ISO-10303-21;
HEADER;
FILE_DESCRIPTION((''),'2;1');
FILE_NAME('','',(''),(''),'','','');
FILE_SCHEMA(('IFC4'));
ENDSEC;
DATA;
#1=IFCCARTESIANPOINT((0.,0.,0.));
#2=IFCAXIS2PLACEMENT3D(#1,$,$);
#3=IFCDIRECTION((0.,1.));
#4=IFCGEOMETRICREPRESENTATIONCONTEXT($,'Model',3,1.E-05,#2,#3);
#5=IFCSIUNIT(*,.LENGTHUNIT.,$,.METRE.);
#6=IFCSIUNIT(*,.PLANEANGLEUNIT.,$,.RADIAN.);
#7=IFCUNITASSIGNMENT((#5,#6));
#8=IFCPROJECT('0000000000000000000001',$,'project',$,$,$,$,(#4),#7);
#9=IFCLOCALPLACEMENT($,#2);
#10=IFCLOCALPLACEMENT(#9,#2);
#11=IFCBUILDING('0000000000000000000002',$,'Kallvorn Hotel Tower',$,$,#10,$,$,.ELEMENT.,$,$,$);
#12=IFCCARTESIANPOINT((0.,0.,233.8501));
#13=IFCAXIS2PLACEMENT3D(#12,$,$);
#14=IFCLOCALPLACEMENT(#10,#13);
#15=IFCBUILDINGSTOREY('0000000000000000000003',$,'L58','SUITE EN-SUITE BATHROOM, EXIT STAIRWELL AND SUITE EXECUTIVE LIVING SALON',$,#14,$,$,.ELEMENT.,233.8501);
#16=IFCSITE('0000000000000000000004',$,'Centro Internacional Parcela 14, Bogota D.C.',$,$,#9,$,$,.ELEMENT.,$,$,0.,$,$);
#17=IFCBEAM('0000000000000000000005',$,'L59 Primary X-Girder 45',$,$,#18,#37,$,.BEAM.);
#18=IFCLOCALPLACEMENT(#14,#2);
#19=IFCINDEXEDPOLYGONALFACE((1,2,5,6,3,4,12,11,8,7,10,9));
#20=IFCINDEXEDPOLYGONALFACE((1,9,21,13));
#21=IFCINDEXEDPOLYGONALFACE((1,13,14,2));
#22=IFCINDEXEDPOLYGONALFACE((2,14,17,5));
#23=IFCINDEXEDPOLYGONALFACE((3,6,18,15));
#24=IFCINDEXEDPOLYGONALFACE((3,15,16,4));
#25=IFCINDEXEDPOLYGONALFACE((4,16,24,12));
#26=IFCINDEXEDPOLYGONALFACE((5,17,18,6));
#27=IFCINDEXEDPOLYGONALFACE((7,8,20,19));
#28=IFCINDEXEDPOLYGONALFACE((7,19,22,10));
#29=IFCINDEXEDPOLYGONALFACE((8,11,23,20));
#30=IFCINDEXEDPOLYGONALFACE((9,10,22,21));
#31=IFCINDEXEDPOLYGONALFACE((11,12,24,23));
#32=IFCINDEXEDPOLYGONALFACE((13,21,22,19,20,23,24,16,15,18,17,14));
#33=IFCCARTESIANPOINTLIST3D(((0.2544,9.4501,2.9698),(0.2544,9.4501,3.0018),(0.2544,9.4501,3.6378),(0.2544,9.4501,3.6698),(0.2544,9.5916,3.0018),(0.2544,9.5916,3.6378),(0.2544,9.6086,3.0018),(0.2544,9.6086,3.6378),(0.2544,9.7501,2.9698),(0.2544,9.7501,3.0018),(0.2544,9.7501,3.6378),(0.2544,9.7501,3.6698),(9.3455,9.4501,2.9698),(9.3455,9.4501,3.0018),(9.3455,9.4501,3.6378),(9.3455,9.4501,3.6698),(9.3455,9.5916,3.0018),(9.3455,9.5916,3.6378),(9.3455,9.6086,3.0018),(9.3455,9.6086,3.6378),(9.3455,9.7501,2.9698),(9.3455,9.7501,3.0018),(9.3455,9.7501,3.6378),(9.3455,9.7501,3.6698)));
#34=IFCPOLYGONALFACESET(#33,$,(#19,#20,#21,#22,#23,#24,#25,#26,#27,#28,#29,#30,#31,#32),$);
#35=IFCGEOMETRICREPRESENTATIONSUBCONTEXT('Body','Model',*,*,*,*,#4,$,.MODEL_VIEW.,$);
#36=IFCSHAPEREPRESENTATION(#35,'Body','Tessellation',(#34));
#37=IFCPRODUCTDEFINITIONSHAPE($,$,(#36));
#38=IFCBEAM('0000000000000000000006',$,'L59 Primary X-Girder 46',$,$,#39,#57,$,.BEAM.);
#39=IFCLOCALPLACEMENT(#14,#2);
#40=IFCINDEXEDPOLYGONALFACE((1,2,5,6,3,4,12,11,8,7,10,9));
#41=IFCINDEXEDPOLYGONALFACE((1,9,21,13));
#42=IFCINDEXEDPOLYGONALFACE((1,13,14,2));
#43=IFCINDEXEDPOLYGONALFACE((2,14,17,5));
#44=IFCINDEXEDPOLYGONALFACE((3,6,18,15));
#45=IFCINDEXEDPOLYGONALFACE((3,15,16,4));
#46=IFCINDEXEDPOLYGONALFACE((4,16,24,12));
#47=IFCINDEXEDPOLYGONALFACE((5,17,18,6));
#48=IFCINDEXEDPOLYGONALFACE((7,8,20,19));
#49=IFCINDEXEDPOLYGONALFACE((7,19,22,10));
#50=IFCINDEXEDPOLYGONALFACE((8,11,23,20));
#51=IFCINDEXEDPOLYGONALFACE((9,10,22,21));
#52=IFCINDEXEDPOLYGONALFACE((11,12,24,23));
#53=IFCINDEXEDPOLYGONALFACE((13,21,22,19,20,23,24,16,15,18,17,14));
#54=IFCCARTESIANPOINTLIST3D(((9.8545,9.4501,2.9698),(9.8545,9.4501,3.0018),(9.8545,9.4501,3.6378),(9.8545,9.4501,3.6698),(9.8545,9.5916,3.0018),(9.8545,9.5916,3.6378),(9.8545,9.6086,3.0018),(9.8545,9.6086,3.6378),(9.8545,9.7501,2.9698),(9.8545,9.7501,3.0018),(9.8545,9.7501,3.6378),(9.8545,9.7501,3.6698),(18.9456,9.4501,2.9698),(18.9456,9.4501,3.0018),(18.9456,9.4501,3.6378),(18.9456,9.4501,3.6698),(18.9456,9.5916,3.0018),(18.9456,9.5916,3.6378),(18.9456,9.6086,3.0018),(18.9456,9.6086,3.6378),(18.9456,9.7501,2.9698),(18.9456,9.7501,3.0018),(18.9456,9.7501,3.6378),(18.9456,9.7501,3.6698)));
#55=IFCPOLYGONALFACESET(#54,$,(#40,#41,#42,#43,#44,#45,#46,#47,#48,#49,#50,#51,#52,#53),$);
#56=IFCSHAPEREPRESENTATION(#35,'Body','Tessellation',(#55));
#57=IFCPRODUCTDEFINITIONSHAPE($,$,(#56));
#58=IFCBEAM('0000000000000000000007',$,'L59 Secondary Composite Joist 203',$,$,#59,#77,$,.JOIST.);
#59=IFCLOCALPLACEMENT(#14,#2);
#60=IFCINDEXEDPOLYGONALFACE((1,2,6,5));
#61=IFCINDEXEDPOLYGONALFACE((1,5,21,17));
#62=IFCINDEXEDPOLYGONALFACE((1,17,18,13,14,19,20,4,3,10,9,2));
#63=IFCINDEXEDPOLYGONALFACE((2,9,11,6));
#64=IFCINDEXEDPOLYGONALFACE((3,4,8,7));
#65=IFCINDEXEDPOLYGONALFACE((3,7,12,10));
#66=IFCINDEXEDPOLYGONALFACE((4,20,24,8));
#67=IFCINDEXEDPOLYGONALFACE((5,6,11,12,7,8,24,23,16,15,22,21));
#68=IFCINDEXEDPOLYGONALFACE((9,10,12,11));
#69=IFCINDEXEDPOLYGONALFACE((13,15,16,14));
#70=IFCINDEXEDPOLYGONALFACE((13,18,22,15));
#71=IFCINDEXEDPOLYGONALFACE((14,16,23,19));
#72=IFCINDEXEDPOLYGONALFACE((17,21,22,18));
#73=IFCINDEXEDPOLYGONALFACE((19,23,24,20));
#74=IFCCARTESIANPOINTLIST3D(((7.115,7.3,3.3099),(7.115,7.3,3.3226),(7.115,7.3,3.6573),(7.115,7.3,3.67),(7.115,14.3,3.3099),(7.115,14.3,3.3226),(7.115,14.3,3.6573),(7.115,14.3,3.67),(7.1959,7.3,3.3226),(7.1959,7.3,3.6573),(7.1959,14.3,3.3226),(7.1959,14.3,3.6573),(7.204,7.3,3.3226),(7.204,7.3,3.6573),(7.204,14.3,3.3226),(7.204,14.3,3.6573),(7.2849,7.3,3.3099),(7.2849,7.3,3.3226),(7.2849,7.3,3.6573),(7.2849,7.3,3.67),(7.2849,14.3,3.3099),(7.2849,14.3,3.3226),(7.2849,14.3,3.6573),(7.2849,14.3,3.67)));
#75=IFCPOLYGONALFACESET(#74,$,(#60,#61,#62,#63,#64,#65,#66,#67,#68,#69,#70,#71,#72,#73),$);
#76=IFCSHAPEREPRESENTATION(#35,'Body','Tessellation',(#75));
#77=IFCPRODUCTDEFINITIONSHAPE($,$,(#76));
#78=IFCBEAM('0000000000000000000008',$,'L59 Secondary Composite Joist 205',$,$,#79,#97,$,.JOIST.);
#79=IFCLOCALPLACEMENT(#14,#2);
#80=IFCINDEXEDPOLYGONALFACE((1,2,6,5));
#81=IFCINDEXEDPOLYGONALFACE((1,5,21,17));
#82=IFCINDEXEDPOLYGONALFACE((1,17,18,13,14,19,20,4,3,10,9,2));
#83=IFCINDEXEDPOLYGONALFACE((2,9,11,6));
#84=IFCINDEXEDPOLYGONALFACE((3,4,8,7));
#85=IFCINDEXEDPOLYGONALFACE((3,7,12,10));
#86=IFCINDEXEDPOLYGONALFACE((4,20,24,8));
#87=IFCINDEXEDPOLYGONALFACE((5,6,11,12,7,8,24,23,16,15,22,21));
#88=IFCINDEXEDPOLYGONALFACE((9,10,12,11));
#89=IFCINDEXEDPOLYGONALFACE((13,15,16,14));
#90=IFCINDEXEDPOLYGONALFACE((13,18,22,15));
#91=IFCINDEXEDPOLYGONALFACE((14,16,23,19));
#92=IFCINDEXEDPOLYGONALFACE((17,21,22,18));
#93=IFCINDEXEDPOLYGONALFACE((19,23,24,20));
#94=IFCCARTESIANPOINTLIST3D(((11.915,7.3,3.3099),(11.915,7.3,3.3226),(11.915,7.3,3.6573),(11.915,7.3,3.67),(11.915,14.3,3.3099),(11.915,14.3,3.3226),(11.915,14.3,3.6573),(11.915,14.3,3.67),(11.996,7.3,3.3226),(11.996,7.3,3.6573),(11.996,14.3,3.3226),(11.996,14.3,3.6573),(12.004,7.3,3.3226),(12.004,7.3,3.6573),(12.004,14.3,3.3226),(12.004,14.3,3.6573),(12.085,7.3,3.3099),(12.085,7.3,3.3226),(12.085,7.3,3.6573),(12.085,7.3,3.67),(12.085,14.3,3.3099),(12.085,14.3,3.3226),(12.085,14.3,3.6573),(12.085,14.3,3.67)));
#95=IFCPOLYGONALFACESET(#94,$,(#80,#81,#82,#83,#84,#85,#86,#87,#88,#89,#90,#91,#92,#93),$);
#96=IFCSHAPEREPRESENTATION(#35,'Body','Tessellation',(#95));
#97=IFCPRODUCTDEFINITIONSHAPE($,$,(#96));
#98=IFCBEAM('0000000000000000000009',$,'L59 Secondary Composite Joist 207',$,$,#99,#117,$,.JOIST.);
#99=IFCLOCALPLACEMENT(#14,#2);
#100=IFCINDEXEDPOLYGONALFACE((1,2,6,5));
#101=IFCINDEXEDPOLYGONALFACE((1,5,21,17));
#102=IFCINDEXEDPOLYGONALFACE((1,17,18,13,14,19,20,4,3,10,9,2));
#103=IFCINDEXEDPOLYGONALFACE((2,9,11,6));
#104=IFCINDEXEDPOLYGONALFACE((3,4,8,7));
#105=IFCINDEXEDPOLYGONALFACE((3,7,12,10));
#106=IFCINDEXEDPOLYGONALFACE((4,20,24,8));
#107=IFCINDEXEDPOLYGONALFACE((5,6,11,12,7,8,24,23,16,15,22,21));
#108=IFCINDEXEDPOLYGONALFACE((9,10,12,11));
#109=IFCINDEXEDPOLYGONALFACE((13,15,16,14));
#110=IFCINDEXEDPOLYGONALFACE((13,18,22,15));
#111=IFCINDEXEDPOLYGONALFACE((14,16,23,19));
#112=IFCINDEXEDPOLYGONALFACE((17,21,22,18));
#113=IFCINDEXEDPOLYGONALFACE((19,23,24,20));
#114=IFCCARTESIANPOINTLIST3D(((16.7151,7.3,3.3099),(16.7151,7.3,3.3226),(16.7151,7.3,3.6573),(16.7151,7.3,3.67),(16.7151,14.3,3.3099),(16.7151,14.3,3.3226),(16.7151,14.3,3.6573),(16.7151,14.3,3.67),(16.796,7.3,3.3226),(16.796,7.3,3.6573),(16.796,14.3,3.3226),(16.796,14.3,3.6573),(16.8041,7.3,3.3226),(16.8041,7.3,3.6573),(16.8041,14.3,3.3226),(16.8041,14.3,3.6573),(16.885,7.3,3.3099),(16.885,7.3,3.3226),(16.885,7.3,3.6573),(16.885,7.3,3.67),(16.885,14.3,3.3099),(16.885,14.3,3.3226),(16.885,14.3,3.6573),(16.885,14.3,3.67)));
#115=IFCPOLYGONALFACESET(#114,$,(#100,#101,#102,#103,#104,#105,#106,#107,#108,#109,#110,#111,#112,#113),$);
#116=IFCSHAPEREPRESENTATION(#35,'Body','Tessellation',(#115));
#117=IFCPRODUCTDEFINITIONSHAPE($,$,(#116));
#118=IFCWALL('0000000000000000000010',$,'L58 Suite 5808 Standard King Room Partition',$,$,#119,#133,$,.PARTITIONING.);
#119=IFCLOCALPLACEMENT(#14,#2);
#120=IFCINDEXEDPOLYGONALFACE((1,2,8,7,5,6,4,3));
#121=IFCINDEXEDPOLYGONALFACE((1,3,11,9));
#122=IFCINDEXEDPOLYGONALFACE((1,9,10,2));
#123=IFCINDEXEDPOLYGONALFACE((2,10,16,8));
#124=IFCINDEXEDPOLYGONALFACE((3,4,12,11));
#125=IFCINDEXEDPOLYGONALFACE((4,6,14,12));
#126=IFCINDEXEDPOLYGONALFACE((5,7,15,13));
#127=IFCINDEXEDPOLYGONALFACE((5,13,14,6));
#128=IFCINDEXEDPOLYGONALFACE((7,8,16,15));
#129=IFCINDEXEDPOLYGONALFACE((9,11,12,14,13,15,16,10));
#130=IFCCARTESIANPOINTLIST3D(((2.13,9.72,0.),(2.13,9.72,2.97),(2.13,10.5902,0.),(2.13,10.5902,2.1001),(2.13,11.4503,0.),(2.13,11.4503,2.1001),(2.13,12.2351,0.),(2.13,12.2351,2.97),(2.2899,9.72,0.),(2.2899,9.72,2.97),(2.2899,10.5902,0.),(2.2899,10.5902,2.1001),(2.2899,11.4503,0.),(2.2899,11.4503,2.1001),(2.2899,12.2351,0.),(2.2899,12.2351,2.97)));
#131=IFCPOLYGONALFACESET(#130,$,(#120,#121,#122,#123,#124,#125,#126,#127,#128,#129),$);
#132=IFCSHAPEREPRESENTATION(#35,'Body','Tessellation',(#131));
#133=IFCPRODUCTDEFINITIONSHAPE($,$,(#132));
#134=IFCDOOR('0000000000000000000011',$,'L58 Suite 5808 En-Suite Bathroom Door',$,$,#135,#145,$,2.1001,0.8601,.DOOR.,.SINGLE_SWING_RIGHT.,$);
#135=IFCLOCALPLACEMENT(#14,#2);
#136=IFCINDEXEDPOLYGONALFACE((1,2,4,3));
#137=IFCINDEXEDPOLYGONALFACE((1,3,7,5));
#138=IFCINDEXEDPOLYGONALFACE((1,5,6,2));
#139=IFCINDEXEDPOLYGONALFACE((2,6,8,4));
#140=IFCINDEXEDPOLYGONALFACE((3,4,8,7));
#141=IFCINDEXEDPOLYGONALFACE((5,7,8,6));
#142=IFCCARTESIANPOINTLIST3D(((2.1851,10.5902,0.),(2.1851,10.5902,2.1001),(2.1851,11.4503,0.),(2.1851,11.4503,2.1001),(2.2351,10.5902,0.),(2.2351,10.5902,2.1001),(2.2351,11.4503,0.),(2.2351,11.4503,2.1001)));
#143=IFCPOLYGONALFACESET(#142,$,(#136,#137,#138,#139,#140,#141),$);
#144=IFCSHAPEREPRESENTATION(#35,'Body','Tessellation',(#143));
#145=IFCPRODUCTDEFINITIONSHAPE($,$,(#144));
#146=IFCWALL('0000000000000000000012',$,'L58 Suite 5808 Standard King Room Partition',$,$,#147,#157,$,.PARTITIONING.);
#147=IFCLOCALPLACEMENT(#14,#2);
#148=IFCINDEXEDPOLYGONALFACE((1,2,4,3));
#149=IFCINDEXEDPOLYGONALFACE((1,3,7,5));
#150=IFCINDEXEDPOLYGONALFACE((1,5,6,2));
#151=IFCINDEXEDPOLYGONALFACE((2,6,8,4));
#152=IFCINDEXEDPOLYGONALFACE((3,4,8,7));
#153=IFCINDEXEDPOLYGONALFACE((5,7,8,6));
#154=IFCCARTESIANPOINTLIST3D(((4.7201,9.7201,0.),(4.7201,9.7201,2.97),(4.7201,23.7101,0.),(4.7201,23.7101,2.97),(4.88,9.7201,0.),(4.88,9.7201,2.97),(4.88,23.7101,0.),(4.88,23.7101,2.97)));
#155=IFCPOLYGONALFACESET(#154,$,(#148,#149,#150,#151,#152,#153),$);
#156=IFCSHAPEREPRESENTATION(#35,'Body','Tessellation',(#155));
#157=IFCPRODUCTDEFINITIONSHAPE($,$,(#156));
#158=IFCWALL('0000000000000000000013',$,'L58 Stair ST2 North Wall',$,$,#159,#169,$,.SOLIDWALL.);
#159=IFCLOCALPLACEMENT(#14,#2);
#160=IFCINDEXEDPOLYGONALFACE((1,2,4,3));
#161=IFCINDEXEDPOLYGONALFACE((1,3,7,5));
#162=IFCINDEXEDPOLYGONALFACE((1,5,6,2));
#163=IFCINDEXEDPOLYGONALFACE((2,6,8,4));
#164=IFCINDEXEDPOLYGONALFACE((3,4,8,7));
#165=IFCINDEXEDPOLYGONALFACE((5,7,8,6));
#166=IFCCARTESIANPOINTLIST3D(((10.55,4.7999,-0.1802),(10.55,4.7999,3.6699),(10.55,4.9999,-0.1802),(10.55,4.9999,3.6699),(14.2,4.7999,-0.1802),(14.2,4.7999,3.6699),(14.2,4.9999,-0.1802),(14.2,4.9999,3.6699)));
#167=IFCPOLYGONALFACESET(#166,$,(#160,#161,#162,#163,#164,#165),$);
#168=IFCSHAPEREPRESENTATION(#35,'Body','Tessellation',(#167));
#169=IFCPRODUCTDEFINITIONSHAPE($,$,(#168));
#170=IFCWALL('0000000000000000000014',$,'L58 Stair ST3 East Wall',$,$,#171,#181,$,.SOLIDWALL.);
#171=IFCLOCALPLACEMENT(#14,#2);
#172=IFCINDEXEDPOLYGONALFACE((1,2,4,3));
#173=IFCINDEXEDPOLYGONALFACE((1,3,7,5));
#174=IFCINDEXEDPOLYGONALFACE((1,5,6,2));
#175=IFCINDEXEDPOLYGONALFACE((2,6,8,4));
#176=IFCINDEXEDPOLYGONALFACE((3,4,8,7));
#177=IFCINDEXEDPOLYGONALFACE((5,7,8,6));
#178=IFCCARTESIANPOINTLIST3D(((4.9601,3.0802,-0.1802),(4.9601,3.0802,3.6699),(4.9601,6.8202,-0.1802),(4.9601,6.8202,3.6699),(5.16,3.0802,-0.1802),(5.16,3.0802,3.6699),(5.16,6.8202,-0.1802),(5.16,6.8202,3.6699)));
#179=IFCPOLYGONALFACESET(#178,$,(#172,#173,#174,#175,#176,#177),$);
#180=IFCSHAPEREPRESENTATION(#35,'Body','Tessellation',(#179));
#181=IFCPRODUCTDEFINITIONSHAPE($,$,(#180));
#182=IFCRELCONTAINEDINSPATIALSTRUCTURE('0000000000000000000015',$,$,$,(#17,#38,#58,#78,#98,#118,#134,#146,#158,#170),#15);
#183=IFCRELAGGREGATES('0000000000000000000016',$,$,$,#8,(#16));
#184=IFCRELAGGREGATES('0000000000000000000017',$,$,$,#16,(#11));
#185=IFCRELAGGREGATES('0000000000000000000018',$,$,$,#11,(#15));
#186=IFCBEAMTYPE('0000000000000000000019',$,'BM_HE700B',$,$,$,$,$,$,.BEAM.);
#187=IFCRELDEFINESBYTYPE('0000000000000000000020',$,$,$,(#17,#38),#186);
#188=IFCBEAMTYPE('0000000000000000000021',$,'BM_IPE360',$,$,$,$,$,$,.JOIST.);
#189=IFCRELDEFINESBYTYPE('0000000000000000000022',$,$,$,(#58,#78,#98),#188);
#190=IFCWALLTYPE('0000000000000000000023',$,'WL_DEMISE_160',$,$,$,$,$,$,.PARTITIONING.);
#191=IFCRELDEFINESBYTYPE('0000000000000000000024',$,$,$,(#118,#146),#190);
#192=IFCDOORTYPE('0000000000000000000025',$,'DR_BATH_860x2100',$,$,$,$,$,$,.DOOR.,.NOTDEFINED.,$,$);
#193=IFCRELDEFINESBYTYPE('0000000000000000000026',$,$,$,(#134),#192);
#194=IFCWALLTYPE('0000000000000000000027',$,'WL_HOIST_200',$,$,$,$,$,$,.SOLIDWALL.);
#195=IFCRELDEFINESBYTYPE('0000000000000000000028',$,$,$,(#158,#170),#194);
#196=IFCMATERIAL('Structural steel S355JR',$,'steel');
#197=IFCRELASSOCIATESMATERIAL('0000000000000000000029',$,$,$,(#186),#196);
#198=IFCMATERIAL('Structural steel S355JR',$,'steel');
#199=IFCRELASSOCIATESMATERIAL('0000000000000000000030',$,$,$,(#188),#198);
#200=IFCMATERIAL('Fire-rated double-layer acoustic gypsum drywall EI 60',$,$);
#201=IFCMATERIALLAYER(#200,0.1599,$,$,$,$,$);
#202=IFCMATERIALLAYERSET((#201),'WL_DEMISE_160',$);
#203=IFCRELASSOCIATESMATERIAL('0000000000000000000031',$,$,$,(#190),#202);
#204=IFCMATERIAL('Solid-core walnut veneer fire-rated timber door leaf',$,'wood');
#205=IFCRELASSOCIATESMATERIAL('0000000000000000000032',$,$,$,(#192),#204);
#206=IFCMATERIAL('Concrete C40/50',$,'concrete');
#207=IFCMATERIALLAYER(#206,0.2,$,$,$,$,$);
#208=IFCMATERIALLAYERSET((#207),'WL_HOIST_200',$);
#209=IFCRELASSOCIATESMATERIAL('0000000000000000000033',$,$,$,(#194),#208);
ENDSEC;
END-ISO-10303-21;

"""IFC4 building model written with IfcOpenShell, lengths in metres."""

from ifc_helpers import new_model, si_unit, direction, frame, frame_2d, origin, origin_2d, place, context, subcontext, project, spatial, rectangle, i_section, extrude, material, layer, layer_set, material_profile, profile_set, type_object, element, fill, save


model = new_model("IFC4")

# Units and contexts
model_context = context("Model", 3, precision=1e-05, world=origin(), true_north=direction((0.0, 1.0)))
body_context = subcontext(model_context, "Body", "Model", "MODEL_VIEW")
ifc_project = project(units=[si_unit("LENGTHUNIT", "METRE"), si_unit("PLANEANGLEUNIT", "RADIAN")], contexts=[model_context])

# Site, building, storey
site_placement = place(None, origin())
site = spatial("IfcSite", under=ifc_project, at=site_placement, Name="Centro Internacional Parcela 14, Bogota D.C.", CompositionType="ELEMENT", RefElevation=0.0)
building_placement = place(site_placement, origin())
building = spatial("IfcBuilding", under=site, at=building_placement, Name="Kallvorn Hotel Tower", CompositionType="ELEMENT")
storey_placement = place(building_placement, frame((0.0, 0.0, 233.8501)))
storey = spatial("IfcBuildingStorey", under=building, at=storey_placement, Name="L58", Description="SUITE EN-SUITE BATHROOM, EXIT STAIRWELL AND SUITE EXECUTIVE LIVING SALON", CompositionType="ELEMENT", Elevation=233.8501)

# Beams
ifc_material_1 = material(Name="Structural steel S355JR", Category="steel")
ifc_material_profile_1 = material_profile(ifc_material_1, i_section(OverallWidth=0.3, OverallDepth=0.7, WebThickness=0.0171, FlangeThickness=0.032, at=origin_2d()), Name="HE 700 B")
ifc_profile_set_1 = profile_set([ifc_material_profile_1], Name="Structural steel S355JR")
beam_type_1 = type_object("IfcBeamType", Name="BM_HE700B", PredefinedType="BEAM", material=ifc_profile_set_1)
for number, where, z_axis, x_axis, name in (
    (1, (0.2544, 9.6001, 3.3198), (1.0, 0.0, 0.0), (0.0, 1.0, 0.0), "L59 Primary X-Girder 45"),
    (2, (9.8545, 9.6001, 3.3198), (1.0, 0.0, 0.0), (0.0, 1.0, 0.0), "L59 Primary X-Girder 46"),
):
    element("IfcBeam", number, at=place(storey_placement, frame(where, z_axis=z_axis, x_axis=x_axis)), inside=storey, type_object=beam_type_1, Name=name, PredefinedType="BEAM", context=body_context, shape_type="SweptSolid", body=[
        extrude(i_section(OverallWidth=0.3, OverallDepth=0.7, WebThickness=0.0171, FlangeThickness=0.032, at=origin_2d()), origin(), (0.0, 0.0, 1.0), 9.0911),
    ])
ifc_material_2 = material(Name="Structural steel S355JR", Category="steel")
ifc_material_profile_2 = material_profile(ifc_material_2, i_section(OverallWidth=0.1699, OverallDepth=0.3601, WebThickness=0.0081, FlangeThickness=0.0127, at=origin_2d()), Name="IPE 360")
ifc_profile_set_2 = profile_set([ifc_material_profile_2], Name="Structural steel S355JR")
beam_type_2 = type_object("IfcBeamType", Name="BM_IPE360", PredefinedType="JOIST", material=ifc_profile_set_2)
for number, where, z_axis, x_axis, name in (
    (3, (7.2, 7.3, 3.49), (0.0, 1.0, 0.0), (-1.0, 0.0, 0.0), "L59 Secondary Composite Joist 203"),
    (4, (12.0, 7.3, 3.49), (0.0, 1.0, 0.0), (-1.0, 0.0, 0.0), "L59 Secondary Composite Joist 205"),
    (5, (16.8, 7.3, 3.49), (0.0, 1.0, 0.0), (-1.0, 0.0, 0.0), "L59 Secondary Composite Joist 207"),
):
    element("IfcBeam", number, at=place(storey_placement, frame(where, z_axis=z_axis, x_axis=x_axis)), inside=storey, type_object=beam_type_2, Name=name, PredefinedType="JOIST", context=body_context, shape_type="SweptSolid", body=[
        extrude(i_section(OverallWidth=0.1699, OverallDepth=0.3601, WebThickness=0.0081, FlangeThickness=0.0127, at=origin_2d()), origin(), (0.0, 0.0, 1.0), 7.0),
    ])

# Wall, opening, door
ifc_material_3 = material(Name="Fire-rated double-layer acoustic gypsum drywall EI 60")
ifc_layer_1 = layer(ifc_material_3, 0.1599)
ifc_layer_set_1 = layer_set([ifc_layer_1], Name="WL_DEMISE_160")
wall_type_1 = type_object("IfcWallType", Name="WL_DEMISE_160", PredefinedType="PARTITIONING", material=ifc_layer_set_1)
wall_1_placement = place(storey_placement, frame((2.21, 9.72, 0.0), z_axis=(0.0, 0.0, 1.0), x_axis=(0.0, 1.0, 0.0)))
wall_1 = element("IfcWall", 6, at=wall_1_placement, inside=storey, type_object=wall_type_1, Name="L58 Suite 5808 Standard King Room Partition", PredefinedType="PARTITIONING", context=body_context, shape_type="SweptSolid", body=[
    extrude(rectangle(XDim=2.5151, YDim=0.1599, at=frame_2d((1.2576, 0.0))), origin(), (0.0, 0.0, 1.0), 2.97),
])
opening_1_placement = place(wall_1_placement, frame((0.8701, 0.0, 0.0)))
opening_1 = element("IfcOpeningElement", 7, at=opening_1_placement, cuts=wall_1, PredefinedType="OPENING", context=body_context, shape_type="SweptSolid", body=[
    extrude(rectangle(XDim=0.8601, YDim=2.1001, at=frame_2d((0.4302, 1.05))), frame((0.0, 0.095, 0.0), z_axis=(0.0, -1.0, 0.0), x_axis=(1.0, 0.0, 0.0)), (0.0, 0.0, 1.0), 0.1899),
])
ifc_material_4 = material(Name="Solid-core walnut veneer fire-rated timber door leaf", Category="wood")
door_type_1 = type_object("IfcDoorType", Name="DR_BATH_860x2100", OperationType="NOTDEFINED", PredefinedType="DOOR", material=ifc_material_4)
door_1_placement = place(opening_1_placement, origin())
door_1 = element("IfcDoor", 8, at=door_1_placement, inside=storey, type_object=door_type_1, Name="L58 Suite 5808 En-Suite Bathroom Door", OperationType="SINGLE_SWING_RIGHT", OverallHeight=2.1001, OverallWidth=0.8601, PredefinedType="DOOR", context=body_context, shape_type="SweptSolid", body=[
    extrude(rectangle(XDim=0.8601, YDim=2.1001, at=frame_2d((0.4302, 1.05))), frame((0.0, 0.0249, 0.0), z_axis=(0.0, -1.0, 0.0), x_axis=(1.0, 0.0, 0.0)), (0.0, 0.0, 1.0), 0.05),
])
fill(opening_1, door_1)

# Walls
wall_2_placement = place(storey_placement, frame((4.8, 9.72, 0.0), z_axis=(0.0, 0.0, 1.0), x_axis=(0.0, 1.0, 0.0)))
element("IfcWall", 9, at=wall_2_placement, inside=storey, type_object=wall_type_1, Name="L58 Suite 5808 Standard King Room Partition", PredefinedType="PARTITIONING", context=body_context, shape_type="SweptSolid", body=[
    extrude(rectangle(XDim=13.99, YDim=0.1599, at=frame_2d((6.9951, 0.0))), origin(), (0.0, 0.0, 1.0), 2.97),
])
ifc_material_5 = material(Name="Concrete C40/50", Category="concrete")
ifc_layer_2 = layer(ifc_material_5, 0.2)
ifc_layer_set_2 = layer_set([ifc_layer_2], Name="WL_HOIST_200")
wall_type_2 = type_object("IfcWallType", Name="WL_HOIST_200", PredefinedType="SOLIDWALL", material=ifc_layer_set_2)
wall_3_placement = place(storey_placement, frame((10.55, 4.8999, -0.1802), z_axis=(0.0, 0.0, 1.0), x_axis=(1.0, 0.0, 0.0)))
element("IfcWall", 10, at=wall_3_placement, inside=storey, type_object=wall_type_2, Name="L58 Stair ST2 North Wall", PredefinedType="SOLIDWALL", context=body_context, shape_type="SweptSolid", body=[
    extrude(rectangle(XDim=3.6499, YDim=0.2, at=frame_2d((1.825, 0.0))), origin(), (0.0, 0.0, 1.0), 3.8501),
])
wall_4_placement = place(storey_placement, frame((5.0601, 3.0801, -0.1802), z_axis=(0.0, 0.0, 1.0), x_axis=(0.0, 1.0, 0.0)))
element("IfcWall", 11, at=wall_4_placement, inside=storey, type_object=wall_type_2, Name="L58 Stair ST3 East Wall", PredefinedType="SOLIDWALL", context=body_context, shape_type="SweptSolid", body=[
    extrude(rectangle(XDim=3.74, YDim=0.2, at=frame_2d((1.8701, 0.0))), origin(), (0.0, 0.0, 1.0), 3.8501),
])

save(model, "model.ifc")
